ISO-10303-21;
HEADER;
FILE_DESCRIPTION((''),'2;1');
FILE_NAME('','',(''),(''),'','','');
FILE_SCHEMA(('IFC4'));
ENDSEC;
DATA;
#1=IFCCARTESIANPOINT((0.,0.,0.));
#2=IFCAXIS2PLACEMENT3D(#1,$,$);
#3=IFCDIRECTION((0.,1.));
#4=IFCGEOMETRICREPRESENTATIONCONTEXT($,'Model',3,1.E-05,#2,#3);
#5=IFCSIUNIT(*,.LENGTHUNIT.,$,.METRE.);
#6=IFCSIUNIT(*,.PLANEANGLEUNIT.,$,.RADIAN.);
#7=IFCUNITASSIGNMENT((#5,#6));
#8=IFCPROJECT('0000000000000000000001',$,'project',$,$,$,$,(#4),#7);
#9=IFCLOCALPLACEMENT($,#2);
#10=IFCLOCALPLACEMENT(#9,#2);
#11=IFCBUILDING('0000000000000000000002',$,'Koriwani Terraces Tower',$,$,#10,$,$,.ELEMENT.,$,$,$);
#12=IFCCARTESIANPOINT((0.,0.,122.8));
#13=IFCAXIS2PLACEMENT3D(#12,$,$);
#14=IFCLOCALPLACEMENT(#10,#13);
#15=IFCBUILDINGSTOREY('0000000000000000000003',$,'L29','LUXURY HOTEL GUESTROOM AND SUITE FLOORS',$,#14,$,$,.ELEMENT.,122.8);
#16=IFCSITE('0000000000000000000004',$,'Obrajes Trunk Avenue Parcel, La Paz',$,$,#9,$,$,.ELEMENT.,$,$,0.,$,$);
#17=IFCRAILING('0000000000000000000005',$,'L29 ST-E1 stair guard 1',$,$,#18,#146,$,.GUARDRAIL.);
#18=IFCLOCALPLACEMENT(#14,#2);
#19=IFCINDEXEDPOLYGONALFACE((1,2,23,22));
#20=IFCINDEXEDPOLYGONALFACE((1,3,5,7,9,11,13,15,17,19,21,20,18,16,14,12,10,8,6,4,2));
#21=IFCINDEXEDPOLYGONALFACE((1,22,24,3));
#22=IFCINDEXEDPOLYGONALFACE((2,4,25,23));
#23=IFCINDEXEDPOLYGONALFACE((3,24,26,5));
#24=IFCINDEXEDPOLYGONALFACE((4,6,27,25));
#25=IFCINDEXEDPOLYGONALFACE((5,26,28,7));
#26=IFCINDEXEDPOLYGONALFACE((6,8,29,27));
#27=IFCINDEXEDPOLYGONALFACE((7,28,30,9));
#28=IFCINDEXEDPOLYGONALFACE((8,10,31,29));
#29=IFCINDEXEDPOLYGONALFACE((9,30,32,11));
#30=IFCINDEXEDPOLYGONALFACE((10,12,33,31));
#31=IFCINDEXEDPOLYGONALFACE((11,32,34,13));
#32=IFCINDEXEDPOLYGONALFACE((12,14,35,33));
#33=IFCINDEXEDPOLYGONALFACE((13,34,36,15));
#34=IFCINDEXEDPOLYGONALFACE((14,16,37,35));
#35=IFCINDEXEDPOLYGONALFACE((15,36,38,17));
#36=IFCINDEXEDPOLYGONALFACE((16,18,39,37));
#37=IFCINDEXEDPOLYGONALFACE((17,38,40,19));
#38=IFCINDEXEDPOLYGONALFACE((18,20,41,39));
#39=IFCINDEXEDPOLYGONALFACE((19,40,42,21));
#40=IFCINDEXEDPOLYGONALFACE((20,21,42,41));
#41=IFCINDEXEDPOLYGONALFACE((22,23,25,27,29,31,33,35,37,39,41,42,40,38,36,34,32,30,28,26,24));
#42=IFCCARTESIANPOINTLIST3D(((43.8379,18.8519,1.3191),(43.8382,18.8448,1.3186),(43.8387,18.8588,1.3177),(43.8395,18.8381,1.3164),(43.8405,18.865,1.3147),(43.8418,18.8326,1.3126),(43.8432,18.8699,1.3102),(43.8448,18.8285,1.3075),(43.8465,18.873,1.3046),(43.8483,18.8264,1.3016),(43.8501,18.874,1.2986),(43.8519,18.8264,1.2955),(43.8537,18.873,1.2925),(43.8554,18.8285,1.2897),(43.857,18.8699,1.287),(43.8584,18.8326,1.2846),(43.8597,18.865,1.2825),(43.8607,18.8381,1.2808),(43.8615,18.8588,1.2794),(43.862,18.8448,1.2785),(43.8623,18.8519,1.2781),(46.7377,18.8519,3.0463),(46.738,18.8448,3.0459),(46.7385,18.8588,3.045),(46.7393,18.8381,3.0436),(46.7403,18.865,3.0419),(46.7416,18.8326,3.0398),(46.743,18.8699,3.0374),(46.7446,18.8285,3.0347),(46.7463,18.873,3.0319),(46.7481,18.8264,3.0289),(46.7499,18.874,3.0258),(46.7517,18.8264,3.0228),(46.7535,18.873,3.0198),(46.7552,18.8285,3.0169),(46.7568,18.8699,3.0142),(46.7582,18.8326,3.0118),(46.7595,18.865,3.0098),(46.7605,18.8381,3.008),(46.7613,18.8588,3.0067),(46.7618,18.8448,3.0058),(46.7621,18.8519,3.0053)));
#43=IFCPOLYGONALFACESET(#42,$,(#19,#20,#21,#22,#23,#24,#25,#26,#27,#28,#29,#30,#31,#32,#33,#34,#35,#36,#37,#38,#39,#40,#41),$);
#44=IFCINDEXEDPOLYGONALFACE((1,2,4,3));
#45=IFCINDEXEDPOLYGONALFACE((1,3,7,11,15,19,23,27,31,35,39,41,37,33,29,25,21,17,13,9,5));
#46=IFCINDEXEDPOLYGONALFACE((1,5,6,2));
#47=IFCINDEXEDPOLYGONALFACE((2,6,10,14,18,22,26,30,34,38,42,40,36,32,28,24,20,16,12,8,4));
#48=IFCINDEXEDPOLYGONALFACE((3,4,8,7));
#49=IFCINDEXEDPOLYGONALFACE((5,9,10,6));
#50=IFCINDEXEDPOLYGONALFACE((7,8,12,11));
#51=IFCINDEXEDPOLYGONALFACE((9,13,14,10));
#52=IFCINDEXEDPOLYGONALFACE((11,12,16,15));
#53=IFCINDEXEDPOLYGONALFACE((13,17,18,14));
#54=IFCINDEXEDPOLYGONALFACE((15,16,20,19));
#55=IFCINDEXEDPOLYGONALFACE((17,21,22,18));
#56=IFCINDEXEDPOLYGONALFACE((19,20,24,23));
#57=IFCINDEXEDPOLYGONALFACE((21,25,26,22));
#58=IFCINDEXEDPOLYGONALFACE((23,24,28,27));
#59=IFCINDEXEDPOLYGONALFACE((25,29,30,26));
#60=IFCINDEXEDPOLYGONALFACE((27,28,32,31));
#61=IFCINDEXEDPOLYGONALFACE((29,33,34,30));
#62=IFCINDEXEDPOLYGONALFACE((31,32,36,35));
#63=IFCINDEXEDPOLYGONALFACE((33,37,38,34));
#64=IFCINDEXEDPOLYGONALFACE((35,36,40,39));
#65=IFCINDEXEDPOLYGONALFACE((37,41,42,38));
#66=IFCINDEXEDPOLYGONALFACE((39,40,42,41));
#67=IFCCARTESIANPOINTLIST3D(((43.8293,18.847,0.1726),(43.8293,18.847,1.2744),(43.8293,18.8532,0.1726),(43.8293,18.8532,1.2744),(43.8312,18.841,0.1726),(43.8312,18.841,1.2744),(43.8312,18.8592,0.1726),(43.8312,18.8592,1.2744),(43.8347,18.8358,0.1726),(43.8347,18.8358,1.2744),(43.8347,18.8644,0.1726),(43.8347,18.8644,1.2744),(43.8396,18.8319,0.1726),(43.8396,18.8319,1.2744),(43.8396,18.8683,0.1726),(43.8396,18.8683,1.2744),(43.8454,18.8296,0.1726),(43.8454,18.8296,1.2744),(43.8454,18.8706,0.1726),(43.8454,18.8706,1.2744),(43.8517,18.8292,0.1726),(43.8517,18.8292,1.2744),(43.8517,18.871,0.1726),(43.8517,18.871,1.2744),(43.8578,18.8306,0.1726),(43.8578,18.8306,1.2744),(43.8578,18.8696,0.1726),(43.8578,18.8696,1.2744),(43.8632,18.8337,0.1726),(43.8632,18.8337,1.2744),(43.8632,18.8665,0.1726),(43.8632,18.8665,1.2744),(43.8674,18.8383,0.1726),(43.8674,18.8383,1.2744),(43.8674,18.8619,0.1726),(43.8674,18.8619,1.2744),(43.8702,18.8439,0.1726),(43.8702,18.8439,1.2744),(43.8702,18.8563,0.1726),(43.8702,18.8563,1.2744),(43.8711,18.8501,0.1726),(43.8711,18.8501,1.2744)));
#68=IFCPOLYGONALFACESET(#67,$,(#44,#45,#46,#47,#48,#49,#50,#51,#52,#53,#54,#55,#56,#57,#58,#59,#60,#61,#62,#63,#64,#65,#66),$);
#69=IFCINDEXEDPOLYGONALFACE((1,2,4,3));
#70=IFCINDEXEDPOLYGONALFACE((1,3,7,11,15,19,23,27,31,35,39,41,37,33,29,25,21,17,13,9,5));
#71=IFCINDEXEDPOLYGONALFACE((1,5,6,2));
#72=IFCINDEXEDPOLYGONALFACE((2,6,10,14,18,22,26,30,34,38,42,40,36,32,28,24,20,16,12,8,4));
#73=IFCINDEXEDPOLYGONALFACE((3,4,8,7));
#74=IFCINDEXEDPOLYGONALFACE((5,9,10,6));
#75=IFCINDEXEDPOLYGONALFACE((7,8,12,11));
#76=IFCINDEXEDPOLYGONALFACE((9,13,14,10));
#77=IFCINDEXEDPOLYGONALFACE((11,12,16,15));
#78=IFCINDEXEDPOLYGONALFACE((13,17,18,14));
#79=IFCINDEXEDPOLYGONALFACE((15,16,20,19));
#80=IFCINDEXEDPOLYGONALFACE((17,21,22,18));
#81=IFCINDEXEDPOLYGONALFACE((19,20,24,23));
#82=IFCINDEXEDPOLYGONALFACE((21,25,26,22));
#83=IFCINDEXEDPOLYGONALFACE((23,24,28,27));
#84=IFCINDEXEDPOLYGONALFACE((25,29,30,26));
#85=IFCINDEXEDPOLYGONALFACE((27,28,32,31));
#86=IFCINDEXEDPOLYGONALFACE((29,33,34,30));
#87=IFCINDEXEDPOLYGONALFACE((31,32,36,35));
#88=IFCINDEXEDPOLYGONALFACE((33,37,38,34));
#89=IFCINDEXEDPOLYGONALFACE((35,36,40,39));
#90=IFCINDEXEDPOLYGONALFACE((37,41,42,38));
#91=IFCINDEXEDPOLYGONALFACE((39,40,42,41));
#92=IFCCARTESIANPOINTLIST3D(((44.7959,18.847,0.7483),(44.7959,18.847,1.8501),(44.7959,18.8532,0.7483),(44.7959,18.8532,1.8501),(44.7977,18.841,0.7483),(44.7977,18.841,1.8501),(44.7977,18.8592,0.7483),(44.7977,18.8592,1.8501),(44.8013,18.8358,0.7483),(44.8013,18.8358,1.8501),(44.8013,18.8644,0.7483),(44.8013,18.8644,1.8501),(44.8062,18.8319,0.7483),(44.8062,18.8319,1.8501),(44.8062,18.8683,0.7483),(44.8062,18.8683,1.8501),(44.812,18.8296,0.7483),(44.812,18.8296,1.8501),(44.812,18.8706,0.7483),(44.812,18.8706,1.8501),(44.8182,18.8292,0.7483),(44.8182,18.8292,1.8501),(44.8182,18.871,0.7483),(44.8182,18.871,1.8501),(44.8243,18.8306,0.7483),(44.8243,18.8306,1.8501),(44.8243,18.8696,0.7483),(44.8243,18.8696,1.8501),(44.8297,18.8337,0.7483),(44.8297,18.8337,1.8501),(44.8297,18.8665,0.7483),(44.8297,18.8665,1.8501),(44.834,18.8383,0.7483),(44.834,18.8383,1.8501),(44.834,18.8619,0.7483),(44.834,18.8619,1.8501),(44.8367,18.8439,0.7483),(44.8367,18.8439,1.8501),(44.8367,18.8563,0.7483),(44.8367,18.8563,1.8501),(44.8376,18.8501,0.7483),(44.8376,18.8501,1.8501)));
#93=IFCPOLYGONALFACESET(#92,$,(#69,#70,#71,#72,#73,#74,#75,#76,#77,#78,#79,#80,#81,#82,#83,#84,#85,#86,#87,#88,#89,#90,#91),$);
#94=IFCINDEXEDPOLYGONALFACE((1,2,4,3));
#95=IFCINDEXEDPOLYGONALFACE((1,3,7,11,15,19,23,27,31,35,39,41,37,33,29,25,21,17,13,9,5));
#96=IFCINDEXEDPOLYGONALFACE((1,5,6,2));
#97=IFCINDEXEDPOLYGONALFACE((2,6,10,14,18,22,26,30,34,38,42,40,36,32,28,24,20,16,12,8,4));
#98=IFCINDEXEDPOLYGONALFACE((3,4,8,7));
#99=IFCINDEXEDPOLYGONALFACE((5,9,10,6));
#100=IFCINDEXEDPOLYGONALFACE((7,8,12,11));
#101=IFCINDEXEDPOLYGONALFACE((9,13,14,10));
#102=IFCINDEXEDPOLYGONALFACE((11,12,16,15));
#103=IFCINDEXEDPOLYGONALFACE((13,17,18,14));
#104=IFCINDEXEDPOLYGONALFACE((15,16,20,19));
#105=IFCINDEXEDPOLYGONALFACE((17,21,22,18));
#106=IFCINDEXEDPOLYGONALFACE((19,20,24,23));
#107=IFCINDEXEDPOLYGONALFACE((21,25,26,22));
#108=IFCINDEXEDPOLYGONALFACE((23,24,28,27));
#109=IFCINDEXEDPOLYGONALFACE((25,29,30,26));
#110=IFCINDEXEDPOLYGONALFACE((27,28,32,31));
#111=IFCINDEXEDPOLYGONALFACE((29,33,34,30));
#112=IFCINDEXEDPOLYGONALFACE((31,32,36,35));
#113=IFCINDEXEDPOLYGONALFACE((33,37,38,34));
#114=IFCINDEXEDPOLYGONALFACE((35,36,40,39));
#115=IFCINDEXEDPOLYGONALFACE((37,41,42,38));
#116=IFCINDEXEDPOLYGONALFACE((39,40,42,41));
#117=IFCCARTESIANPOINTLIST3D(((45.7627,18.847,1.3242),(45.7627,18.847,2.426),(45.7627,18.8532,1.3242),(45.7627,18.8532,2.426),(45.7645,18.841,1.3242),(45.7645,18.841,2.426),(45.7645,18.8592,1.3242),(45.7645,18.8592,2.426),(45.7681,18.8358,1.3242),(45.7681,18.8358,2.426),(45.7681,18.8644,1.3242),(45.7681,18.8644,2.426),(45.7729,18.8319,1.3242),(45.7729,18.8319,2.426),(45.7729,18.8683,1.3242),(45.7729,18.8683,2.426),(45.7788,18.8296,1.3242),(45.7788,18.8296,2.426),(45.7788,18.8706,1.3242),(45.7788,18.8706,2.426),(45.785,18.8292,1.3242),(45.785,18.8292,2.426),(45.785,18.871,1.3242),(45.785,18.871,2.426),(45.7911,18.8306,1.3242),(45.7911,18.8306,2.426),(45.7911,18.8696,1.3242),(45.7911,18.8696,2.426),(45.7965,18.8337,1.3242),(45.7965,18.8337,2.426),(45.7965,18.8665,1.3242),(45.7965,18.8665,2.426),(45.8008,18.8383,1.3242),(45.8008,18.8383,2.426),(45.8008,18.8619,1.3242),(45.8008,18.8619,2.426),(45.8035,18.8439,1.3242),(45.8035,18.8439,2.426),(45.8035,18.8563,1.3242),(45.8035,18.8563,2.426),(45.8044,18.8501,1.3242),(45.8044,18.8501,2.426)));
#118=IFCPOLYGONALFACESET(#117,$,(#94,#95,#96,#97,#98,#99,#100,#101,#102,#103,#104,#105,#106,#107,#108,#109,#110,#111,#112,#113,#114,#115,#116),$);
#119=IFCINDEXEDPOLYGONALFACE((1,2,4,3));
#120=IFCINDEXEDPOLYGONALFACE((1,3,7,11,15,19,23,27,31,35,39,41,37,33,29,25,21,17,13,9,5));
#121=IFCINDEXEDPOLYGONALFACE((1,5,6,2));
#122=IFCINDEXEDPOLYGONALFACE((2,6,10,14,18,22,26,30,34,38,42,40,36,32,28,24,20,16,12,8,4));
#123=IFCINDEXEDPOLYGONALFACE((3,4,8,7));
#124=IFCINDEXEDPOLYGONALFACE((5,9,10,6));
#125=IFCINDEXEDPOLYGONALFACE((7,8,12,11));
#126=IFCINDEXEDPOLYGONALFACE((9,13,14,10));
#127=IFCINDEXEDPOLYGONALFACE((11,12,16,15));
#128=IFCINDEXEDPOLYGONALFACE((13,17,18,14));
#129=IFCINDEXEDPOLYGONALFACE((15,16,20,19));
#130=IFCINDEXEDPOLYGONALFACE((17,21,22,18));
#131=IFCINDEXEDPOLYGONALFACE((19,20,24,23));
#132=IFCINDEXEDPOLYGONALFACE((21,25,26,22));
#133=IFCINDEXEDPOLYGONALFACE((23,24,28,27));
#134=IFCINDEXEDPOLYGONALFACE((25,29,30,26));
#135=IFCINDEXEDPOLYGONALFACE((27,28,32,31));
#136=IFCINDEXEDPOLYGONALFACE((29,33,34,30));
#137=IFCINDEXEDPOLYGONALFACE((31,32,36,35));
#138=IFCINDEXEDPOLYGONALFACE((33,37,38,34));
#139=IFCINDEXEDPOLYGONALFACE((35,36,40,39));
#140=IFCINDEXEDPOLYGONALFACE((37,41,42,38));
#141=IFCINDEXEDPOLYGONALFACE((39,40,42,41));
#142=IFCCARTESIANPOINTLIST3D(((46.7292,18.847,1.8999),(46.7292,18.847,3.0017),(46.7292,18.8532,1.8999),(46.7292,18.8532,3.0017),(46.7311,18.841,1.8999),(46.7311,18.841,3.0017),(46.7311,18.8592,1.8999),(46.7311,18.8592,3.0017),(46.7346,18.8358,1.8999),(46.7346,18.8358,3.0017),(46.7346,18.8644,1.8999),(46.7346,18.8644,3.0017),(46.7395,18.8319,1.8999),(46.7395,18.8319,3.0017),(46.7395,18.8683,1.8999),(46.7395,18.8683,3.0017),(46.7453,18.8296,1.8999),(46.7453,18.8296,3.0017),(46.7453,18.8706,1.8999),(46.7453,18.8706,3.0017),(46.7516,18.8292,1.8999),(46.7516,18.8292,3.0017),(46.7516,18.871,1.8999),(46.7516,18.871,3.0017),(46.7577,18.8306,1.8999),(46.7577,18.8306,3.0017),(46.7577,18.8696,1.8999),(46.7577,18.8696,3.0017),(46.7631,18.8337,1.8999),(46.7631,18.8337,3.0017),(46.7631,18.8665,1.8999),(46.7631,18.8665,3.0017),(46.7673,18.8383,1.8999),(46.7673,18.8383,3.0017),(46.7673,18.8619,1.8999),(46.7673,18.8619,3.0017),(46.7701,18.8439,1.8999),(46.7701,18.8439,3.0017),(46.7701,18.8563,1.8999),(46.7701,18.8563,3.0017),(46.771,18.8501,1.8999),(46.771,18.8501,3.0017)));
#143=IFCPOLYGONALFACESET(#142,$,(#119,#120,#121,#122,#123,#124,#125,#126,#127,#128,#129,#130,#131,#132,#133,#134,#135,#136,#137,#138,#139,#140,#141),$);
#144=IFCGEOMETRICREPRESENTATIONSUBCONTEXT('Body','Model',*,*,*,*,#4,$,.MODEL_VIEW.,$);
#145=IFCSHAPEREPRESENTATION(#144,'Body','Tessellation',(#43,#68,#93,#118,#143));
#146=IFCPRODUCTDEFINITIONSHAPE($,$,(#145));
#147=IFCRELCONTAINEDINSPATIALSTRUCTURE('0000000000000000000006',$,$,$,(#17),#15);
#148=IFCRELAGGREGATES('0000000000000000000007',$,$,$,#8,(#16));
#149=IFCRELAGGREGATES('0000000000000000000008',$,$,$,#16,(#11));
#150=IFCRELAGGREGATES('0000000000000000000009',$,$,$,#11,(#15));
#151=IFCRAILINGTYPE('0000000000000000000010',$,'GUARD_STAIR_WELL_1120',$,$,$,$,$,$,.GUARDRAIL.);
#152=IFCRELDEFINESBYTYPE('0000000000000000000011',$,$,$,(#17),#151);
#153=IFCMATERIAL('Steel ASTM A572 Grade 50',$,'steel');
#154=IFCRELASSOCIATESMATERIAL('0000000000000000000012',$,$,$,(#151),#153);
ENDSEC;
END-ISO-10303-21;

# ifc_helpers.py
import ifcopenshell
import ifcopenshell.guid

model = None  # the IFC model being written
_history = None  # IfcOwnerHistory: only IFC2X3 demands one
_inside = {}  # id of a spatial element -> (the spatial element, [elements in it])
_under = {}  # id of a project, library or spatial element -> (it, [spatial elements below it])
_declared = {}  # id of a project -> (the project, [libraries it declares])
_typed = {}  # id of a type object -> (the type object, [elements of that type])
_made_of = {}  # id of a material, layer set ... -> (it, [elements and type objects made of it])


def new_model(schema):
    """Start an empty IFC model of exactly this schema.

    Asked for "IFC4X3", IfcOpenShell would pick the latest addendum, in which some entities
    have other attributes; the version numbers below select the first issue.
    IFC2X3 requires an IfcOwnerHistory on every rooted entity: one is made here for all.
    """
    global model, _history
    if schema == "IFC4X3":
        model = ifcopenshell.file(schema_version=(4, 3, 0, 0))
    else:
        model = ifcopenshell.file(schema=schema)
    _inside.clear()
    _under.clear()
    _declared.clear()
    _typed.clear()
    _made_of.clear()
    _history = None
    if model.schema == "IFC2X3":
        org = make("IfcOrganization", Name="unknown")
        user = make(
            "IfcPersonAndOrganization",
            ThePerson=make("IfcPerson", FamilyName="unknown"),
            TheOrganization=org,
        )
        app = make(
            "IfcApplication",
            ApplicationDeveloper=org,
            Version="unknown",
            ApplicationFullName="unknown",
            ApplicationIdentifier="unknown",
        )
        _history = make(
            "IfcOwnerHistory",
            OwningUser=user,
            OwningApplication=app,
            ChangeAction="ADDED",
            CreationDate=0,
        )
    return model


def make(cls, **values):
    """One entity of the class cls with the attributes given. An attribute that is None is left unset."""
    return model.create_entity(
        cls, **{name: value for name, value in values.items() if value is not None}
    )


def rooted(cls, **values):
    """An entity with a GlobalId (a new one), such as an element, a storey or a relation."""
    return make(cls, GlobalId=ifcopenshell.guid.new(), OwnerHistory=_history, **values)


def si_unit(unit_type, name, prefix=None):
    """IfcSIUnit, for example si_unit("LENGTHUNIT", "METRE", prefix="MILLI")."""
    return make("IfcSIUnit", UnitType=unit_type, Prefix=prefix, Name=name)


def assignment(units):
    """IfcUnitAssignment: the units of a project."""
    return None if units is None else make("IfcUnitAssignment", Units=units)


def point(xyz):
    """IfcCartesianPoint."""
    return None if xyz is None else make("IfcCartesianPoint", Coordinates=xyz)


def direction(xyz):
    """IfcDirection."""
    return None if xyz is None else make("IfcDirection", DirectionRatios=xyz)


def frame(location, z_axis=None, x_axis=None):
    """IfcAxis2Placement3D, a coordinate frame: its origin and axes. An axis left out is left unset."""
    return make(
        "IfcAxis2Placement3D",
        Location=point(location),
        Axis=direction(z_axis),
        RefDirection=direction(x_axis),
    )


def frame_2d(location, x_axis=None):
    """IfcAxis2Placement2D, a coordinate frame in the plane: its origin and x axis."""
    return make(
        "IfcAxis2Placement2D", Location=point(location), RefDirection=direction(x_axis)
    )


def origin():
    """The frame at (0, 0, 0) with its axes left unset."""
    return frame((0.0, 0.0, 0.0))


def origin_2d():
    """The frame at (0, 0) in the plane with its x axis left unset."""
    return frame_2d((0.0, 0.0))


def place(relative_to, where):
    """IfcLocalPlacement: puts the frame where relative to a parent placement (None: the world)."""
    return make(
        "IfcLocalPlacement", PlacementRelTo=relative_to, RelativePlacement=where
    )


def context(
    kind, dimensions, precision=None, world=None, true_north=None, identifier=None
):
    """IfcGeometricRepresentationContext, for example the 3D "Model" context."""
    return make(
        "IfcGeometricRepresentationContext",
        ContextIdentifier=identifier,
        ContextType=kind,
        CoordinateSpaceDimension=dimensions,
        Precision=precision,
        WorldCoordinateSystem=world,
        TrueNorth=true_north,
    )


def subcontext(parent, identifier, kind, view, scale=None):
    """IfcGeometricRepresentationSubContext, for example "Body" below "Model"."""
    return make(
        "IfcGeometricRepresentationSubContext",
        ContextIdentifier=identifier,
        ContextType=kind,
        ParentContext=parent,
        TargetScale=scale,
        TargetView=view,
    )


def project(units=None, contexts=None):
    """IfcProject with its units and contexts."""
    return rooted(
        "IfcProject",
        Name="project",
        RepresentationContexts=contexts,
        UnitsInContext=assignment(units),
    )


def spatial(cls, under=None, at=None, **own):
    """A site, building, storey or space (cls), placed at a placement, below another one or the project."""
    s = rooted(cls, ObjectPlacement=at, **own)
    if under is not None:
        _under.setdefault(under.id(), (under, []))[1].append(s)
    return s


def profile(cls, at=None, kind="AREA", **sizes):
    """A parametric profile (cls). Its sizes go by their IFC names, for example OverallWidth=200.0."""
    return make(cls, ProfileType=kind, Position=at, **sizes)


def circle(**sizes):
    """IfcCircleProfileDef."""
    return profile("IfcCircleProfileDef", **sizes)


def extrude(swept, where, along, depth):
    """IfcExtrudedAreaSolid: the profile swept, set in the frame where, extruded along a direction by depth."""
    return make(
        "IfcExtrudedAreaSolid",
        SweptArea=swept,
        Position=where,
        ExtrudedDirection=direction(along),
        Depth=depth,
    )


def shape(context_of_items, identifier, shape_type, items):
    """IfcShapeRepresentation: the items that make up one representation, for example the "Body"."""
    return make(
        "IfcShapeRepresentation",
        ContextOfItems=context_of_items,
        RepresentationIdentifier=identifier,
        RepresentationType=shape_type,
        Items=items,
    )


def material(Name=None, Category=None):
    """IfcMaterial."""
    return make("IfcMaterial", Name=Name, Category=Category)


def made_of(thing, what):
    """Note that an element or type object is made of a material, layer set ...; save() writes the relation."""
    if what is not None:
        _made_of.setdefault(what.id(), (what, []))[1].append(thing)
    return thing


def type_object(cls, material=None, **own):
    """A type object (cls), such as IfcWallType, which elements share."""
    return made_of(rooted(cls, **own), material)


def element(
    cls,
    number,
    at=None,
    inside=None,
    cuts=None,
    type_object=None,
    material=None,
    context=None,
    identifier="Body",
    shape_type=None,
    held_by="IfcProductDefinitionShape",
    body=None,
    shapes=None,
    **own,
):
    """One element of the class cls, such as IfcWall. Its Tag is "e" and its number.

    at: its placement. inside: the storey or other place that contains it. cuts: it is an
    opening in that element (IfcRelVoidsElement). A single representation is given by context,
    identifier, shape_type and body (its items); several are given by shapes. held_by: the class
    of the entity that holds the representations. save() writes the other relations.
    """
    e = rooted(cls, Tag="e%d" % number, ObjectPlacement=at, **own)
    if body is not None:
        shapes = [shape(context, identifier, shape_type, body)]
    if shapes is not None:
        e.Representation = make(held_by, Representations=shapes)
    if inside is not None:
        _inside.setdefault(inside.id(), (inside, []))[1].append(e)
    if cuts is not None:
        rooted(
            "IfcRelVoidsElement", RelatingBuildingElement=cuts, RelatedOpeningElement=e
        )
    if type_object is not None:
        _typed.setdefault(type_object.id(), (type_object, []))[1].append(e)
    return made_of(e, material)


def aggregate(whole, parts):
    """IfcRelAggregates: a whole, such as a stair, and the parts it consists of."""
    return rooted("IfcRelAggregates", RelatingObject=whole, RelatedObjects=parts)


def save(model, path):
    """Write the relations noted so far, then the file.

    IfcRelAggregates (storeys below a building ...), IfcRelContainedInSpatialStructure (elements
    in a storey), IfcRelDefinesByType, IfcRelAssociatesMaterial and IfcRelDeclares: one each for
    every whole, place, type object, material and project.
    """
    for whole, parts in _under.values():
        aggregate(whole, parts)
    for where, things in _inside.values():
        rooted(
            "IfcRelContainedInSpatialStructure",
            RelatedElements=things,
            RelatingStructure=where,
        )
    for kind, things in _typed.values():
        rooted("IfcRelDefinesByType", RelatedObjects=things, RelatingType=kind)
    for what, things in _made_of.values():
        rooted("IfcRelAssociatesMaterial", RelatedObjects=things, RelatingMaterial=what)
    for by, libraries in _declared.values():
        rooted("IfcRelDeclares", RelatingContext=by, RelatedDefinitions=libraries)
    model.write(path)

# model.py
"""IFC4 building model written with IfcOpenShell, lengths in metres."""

from ifc_helpers import new_model, si_unit, direction, frame, origin, origin_2d, place, context, subcontext, project, spatial, circle, extrude, material, type_object, element, save


model = new_model("IFC4")

# Units and contexts
model_context = context("Model", 3, precision=1e-05, world=origin(), true_north=direction((0.0, 1.0)))
body_context = subcontext(model_context, "Body", "Model", "MODEL_VIEW")
ifc_project = project(units=[si_unit("LENGTHUNIT", "METRE"), si_unit("PLANEANGLEUNIT", "RADIAN")], contexts=[model_context])

# Site, building, storey
site_placement = place(None, origin())
site = spatial("IfcSite", under=ifc_project, at=site_placement, Name="Obrajes Trunk Avenue Parcel, La Paz", CompositionType="ELEMENT", RefElevation=0.0)
building_placement = place(site_placement, origin())
building = spatial("IfcBuilding", under=site, at=building_placement, Name="Koriwani Terraces Tower", CompositionType="ELEMENT")
storey_placement = place(building_placement, frame((0.0, 0.0, 122.8)))
storey = spatial("IfcBuildingStorey", under=building, at=storey_placement, Name="L29", Description="LUXURY HOTEL GUESTROOM AND SUITE FLOORS", CompositionType="ELEMENT", Elevation=122.8)

# Shared definitions
ifc_material_1 = material(Name="Steel ASTM A572 Grade 50", Category="steel")

# Railing
railing_type_1 = type_object("IfcRailingType", Name="GUARD_STAIR_WELL_1120", PredefinedType="GUARDRAIL", material=ifc_material_1)
railing_1_placement = place(storey_placement, frame((43.8501, 18.8501, 0.1726)))
element("IfcRailing", 1, at=railing_1_placement, inside=storey, type_object=railing_type_1, Name="L29 ST-E1 stair guard 1", PredefinedType="GUARDRAIL", context=body_context, shape_type="SweptSolid", body=[
    extrude(circle(Radius=0.0239, at=origin_2d()), frame((0.0, 0.0, 1.126), z_axis=(0.859141, 0.0, 0.511738), x_axis=(0.0, 1.0, 0.0)), (0.0, 0.0, 1.0), 3.3752),
    extrude(circle(Radius=0.021, at=origin_2d()), origin(), (0.0, 0.0, 1.0), 1.1018),
    extrude(circle(Radius=0.021, at=origin_2d()), frame((0.9666, 0.0, 0.5757)), (0.0, 0.0, 1.0), 1.1018),
    extrude(circle(Radius=0.021, at=origin_2d()), frame((1.9333, 0.0, 1.1516)), (0.0, 0.0, 1.0), 1.1018),
    extrude(circle(Radius=0.021, at=origin_2d()), frame((2.8999, 0.0, 1.7273)), (0.0, 0.0, 1.0), 1.1018),
])

save(model, "model.ifc")
